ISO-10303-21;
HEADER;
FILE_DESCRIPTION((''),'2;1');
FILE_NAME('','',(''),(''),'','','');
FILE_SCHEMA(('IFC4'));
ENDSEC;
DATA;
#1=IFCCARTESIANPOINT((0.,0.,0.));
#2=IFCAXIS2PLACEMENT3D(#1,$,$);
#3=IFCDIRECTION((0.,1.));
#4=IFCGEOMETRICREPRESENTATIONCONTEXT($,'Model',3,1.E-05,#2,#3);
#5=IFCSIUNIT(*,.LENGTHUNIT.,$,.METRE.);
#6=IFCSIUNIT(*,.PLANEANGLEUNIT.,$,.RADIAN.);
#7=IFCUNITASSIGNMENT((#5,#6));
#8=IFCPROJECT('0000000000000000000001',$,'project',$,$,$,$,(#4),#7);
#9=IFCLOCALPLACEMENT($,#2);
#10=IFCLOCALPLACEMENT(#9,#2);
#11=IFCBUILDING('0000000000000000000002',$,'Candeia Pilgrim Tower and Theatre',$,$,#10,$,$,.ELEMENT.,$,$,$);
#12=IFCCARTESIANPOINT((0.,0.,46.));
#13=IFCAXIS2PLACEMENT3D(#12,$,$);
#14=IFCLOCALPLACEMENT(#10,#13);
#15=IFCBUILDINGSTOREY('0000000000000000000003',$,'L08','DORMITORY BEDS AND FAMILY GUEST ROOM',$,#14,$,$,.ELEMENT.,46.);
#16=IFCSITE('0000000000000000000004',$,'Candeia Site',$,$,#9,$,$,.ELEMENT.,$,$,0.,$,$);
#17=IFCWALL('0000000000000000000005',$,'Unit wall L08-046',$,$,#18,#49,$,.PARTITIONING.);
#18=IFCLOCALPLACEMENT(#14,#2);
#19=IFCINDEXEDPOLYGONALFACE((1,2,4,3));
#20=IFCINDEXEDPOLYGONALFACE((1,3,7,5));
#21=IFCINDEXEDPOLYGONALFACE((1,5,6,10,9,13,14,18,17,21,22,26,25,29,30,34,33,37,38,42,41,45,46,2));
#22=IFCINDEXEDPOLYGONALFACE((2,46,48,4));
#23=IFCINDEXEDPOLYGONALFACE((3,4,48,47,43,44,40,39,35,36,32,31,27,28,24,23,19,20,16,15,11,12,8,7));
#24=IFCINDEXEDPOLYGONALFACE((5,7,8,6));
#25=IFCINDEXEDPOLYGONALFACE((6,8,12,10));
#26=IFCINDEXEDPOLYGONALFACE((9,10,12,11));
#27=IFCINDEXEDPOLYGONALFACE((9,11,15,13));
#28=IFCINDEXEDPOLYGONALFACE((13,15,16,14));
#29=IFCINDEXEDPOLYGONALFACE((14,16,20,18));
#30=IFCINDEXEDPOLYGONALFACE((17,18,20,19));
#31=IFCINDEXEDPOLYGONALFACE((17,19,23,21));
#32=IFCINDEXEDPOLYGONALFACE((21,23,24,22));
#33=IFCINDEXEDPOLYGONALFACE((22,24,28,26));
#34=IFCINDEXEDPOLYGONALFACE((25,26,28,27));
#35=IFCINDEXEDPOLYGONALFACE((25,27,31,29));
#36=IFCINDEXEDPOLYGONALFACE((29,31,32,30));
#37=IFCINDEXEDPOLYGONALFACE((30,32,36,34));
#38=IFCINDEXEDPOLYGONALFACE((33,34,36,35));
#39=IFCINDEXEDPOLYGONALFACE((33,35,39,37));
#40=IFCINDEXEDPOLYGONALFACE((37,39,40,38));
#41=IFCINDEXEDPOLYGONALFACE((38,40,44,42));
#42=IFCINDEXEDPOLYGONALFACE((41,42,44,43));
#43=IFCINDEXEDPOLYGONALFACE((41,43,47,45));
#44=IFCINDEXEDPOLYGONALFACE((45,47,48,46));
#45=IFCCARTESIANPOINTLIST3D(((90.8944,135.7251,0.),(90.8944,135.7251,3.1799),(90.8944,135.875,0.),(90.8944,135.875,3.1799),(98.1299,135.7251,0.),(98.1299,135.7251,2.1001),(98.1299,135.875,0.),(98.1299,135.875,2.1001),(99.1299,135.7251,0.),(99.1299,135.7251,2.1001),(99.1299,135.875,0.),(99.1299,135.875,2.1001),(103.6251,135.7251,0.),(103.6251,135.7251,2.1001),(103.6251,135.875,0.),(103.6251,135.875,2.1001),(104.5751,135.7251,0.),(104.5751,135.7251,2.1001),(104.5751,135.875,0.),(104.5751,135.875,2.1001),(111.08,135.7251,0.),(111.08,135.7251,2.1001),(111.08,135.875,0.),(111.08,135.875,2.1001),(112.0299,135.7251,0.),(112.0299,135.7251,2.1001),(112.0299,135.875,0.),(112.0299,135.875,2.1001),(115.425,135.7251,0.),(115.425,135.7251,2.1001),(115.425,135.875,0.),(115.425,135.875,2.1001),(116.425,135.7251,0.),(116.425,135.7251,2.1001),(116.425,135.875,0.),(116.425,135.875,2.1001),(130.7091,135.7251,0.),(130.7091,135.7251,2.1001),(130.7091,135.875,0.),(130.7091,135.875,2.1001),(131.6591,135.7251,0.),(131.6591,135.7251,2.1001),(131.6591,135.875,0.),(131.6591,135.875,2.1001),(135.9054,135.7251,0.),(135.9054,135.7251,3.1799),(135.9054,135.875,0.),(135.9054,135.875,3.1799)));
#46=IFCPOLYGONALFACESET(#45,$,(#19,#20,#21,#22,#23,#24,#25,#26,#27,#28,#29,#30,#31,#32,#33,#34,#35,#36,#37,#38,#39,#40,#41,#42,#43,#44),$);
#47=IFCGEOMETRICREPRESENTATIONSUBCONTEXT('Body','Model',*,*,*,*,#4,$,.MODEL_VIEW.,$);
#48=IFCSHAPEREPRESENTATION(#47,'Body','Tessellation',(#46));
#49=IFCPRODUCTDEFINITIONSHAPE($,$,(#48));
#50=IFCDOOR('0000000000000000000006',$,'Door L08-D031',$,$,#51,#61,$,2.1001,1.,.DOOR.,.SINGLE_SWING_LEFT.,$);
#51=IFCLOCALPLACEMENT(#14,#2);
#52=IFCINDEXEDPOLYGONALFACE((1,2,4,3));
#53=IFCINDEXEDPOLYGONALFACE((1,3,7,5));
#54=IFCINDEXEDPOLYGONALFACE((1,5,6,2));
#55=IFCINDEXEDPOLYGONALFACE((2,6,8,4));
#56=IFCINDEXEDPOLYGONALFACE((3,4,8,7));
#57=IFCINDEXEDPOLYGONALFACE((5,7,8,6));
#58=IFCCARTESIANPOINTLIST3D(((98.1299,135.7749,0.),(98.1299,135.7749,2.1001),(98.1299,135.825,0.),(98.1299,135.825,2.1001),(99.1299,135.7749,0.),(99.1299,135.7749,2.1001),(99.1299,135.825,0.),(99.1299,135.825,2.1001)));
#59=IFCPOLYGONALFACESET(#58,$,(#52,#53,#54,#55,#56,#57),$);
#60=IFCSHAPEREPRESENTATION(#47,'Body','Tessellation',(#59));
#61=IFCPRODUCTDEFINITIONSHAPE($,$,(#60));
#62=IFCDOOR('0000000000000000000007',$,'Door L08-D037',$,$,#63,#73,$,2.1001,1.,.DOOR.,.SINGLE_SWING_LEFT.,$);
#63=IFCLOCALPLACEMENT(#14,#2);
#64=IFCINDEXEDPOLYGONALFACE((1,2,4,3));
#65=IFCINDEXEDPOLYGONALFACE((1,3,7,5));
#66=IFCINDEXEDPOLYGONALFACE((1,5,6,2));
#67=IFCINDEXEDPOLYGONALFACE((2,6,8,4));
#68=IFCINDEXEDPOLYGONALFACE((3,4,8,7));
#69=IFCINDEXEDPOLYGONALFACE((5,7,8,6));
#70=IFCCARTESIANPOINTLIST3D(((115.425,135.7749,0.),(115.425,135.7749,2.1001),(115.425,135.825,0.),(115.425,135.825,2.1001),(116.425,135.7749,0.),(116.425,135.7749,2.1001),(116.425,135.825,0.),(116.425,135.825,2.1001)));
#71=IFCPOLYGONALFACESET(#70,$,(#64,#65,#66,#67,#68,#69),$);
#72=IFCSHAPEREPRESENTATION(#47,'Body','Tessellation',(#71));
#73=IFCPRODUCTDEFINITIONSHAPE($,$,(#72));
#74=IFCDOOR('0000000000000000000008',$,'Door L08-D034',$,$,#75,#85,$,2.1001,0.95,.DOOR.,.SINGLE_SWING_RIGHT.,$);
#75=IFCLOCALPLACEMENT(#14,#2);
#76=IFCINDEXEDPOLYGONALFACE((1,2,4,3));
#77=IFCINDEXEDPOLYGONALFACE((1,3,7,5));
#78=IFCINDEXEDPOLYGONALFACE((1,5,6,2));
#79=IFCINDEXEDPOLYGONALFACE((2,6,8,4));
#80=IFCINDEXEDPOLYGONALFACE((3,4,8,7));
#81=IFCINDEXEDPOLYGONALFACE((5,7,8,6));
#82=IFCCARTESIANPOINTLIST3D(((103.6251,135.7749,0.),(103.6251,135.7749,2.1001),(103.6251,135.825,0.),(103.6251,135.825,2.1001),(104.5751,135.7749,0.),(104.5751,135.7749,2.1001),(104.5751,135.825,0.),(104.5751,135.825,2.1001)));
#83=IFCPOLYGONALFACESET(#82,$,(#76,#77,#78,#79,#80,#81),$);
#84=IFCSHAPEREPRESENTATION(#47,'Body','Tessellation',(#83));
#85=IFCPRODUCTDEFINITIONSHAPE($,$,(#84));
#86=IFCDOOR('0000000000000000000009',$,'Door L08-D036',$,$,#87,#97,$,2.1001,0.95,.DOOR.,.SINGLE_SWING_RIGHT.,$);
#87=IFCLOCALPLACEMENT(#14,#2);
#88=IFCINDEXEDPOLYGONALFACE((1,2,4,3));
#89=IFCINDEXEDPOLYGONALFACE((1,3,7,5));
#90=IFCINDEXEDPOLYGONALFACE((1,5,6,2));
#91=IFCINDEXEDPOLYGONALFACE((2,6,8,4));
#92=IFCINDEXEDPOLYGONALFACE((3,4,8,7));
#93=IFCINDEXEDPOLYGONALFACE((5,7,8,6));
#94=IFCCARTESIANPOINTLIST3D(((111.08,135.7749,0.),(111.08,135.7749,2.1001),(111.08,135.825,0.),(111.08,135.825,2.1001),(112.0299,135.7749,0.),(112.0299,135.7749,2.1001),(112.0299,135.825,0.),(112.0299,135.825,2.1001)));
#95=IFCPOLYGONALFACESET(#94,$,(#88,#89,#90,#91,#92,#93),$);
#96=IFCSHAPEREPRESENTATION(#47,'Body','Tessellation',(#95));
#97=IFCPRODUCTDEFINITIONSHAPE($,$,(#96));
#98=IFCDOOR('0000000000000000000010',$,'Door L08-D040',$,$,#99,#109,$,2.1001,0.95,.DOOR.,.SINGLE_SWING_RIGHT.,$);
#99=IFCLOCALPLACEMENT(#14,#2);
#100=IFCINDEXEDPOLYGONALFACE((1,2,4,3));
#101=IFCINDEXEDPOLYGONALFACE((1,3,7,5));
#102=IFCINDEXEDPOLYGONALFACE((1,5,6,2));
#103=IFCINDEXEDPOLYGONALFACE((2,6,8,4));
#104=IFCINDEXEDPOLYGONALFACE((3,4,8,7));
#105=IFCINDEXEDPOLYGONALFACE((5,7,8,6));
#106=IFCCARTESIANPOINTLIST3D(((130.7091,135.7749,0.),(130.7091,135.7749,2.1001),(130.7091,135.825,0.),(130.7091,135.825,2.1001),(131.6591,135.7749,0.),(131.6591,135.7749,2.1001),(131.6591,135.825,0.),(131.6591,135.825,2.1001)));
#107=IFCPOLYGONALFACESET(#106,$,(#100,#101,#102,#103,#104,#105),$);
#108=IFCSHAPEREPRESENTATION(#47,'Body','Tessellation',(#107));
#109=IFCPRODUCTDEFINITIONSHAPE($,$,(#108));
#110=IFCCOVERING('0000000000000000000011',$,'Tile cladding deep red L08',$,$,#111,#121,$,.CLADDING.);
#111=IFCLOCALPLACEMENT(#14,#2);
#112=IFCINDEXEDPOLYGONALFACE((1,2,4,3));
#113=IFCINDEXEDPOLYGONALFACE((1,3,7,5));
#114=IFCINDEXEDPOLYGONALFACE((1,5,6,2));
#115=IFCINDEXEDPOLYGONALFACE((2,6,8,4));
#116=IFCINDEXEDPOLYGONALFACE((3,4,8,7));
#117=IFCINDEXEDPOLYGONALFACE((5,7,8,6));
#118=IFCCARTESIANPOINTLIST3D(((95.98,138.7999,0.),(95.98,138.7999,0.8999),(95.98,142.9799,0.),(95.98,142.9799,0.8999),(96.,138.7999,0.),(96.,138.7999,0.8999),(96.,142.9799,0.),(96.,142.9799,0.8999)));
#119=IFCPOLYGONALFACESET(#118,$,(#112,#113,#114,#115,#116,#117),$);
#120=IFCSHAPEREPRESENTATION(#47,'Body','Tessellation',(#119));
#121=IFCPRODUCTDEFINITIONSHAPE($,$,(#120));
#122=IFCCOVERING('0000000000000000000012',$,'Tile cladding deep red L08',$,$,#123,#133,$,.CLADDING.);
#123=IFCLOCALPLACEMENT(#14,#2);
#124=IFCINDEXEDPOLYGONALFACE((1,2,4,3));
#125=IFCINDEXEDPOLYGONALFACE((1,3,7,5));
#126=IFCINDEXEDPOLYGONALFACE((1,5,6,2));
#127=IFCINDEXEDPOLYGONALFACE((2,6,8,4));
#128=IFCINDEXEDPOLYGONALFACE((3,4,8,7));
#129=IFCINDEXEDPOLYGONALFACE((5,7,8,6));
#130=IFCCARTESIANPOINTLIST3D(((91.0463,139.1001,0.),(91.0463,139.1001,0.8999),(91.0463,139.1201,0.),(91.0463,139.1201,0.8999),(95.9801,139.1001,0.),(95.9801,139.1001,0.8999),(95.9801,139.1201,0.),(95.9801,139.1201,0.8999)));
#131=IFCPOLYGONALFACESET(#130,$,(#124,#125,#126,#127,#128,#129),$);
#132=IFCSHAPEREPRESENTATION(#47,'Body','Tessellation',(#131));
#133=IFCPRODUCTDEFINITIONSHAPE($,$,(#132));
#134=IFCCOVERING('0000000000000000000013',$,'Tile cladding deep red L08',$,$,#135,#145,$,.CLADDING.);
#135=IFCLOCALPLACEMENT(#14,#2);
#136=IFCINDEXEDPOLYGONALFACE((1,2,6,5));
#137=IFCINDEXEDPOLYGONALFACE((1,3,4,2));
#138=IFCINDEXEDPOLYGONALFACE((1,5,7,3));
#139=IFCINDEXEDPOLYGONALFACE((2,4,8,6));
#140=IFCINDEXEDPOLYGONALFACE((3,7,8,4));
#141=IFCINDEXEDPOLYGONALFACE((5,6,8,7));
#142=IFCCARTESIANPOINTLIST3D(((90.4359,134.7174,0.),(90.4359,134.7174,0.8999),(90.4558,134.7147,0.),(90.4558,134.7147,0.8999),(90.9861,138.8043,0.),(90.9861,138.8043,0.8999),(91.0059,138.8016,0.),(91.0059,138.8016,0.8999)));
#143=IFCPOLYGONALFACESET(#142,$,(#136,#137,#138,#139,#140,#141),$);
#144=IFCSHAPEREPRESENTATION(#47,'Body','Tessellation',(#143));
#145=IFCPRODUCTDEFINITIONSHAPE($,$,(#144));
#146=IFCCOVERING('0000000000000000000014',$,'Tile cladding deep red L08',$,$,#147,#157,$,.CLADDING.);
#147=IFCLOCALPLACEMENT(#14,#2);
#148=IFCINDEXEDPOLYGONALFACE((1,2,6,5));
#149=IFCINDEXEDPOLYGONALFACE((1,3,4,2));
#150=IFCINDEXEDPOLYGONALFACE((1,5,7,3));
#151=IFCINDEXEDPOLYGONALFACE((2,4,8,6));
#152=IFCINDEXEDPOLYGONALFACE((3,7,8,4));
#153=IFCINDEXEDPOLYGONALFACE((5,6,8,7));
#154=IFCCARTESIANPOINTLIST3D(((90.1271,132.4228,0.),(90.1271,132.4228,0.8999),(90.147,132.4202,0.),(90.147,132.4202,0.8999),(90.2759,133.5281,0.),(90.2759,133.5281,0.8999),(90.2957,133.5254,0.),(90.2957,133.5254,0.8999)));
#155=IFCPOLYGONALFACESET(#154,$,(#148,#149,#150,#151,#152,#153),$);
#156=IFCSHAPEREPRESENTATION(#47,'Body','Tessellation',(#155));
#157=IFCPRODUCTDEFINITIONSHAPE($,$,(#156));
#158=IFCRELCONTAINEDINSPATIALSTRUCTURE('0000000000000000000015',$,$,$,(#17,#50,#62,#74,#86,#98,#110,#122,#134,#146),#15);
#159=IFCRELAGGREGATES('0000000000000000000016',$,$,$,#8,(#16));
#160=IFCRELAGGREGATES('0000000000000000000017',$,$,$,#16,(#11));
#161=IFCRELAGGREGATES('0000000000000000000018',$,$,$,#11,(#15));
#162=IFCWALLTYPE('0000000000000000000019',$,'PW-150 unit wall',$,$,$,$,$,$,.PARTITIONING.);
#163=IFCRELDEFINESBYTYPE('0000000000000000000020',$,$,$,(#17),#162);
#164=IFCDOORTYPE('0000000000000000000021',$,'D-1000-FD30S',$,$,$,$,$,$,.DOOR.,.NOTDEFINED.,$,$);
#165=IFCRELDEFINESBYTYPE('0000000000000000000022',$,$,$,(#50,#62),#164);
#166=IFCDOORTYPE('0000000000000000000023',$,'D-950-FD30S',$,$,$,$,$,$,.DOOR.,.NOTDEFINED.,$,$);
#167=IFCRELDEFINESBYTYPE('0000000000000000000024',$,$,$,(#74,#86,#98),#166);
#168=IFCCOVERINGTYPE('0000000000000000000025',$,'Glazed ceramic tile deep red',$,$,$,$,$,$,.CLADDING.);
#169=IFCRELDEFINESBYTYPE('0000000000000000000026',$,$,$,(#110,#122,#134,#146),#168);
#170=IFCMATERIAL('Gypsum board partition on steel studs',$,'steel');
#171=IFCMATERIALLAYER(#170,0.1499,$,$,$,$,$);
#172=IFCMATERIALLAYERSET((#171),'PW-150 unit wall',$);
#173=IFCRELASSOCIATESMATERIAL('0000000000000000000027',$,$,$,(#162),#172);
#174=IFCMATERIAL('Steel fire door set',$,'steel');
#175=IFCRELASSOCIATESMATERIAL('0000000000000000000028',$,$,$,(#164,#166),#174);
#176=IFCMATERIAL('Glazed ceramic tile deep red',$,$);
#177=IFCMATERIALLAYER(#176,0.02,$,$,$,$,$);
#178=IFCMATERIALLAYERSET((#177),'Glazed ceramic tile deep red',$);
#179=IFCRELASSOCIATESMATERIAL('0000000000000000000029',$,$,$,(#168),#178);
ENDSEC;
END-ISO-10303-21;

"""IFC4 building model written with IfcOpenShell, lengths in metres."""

from ifc_helpers import new_model, si_unit, direction, frame, frame_2d, origin, origin_2d, place, context, subcontext, project, spatial, rectangle, extrude, material, layer, layer_set, type_object, element, fill, save


model = new_model("IFC4")

# Units and contexts
model_context = context("Model", 3, precision=1e-05, world=origin(), true_north=direction((0.0, 1.0)))
body_context = subcontext(model_context, "Body", "Model", "MODEL_VIEW")
ifc_project = project(units=[si_unit("LENGTHUNIT", "METRE"), si_unit("PLANEANGLEUNIT", "RADIAN")], contexts=[model_context])

# Site, building, storey
site_placement = place(None, origin())
site = spatial("IfcSite", under=ifc_project, at=site_placement, Name="Candeia Site", CompositionType="ELEMENT", RefElevation=0.0)
building_placement = place(site_placement, origin())
building = spatial("IfcBuilding", under=site, at=building_placement, Name="Candeia Pilgrim Tower and Theatre", CompositionType="ELEMENT")
storey_placement = place(building_placement, frame((0.0, 0.0, 46.0)))
storey = spatial("IfcBuildingStorey", under=building, at=storey_placement, Name="L08", Description="DORMITORY BEDS AND FAMILY GUEST ROOM", CompositionType="ELEMENT", Elevation=46.0)

# Shared definitions
ifc_material_1 = material(Name="Gypsum board partition on steel studs", Category="steel")

# Wall, openings, doors
ifc_layer_1 = layer(ifc_material_1, 0.1499)
ifc_layer_set_1 = layer_set([ifc_layer_1], Name="PW-150 unit wall")
wall_type_1 = type_object("IfcWallType", Name="PW-150 unit wall", PredefinedType="PARTITIONING", material=ifc_layer_set_1)
wall_1_placement = place(storey_placement, frame((90.8945, 135.8, 0.0), z_axis=(0.0, 0.0, 1.0), x_axis=(1.0, 0.0, 0.0)))
wall_1 = element("IfcWall", 1, at=wall_1_placement, inside=storey, type_object=wall_type_1, Name="Unit wall L08-046", PredefinedType="PARTITIONING", context=body_context, shape_type="SweptSolid", body=[
    extrude(rectangle(XDim=45.011, YDim=0.1499, at=frame_2d((22.5054, 0.0))), origin(), (0.0, 0.0, 1.0), 3.1799),
])
opening_1_placement = place(wall_1_placement, frame((7.2354, 0.0, 0.0)))
opening_1 = element("IfcOpeningElement", 2, at=opening_1_placement, cuts=wall_1, PredefinedType="OPENING", context=body_context, shape_type="SweptSolid", body=[
    extrude(rectangle(XDim=1.0, YDim=2.1001, at=frame_2d((0.5, 1.05))), frame((0.0, 0.085, 0.0), z_axis=(0.0, -1.0, 0.0), x_axis=(1.0, 0.0, 0.0)), (0.0, 0.0, 1.0), 0.1699),
])
opening_2_placement = place(wall_1_placement, frame((12.7305, 0.0, 0.0)))
opening_2 = element("IfcOpeningElement", 3, at=opening_2_placement, cuts=wall_1, PredefinedType="OPENING", context=body_context, shape_type="SweptSolid", body=[
    extrude(rectangle(XDim=0.95, YDim=2.1001, at=frame_2d((0.4751, 1.05))), frame((0.0, 0.085, 0.0), z_axis=(0.0, -1.0, 0.0), x_axis=(1.0, 0.0, 0.0)), (0.0, 0.0, 1.0), 0.1699),
])
opening_3_placement = place(wall_1_placement, frame((20.1853, 0.0, 0.0)))
opening_3 = element("IfcOpeningElement", 4, at=opening_3_placement, cuts=wall_1, PredefinedType="OPENING", context=body_context, shape_type="SweptSolid", body=[
    extrude(rectangle(XDim=0.95, YDim=2.1001, at=frame_2d((0.4751, 1.05))), frame((0.0, 0.085, 0.0), z_axis=(0.0, -1.0, 0.0), x_axis=(1.0, 0.0, 0.0)), (0.0, 0.0, 1.0), 0.1699),
])
opening_4_placement = place(wall_1_placement, frame((24.5305, 0.0, 0.0)))
opening_4 = element("IfcOpeningElement", 5, at=opening_4_placement, cuts=wall_1, PredefinedType="OPENING", context=body_context, shape_type="SweptSolid", body=[
    extrude(rectangle(XDim=1.0, YDim=2.1001, at=frame_2d((0.5, 1.05))), frame((0.0, 0.085, 0.0), z_axis=(0.0, -1.0, 0.0), x_axis=(1.0, 0.0, 0.0)), (0.0, 0.0, 1.0), 0.1699),
])
opening_5_placement = place(wall_1_placement, frame((39.8145, 0.0, 0.0)))
opening_5 = element("IfcOpeningElement", 6, at=opening_5_placement, cuts=wall_1, PredefinedType="OPENING", context=body_context, shape_type="SweptSolid", body=[
    extrude(rectangle(XDim=0.95, YDim=2.1001, at=frame_2d((0.4751, 1.05))), frame((0.0, 0.085, 0.0), z_axis=(0.0, -1.0, 0.0), x_axis=(1.0, 0.0, 0.0)), (0.0, 0.0, 1.0), 0.1699),
])
ifc_material_2 = material(Name="Steel fire door set", Category="steel")
door_type_1 = type_object("IfcDoorType", Name="D-1000-FD30S", OperationType="NOTDEFINED", PredefinedType="DOOR", material=ifc_material_2)
door_1_placement = place(opening_1_placement, origin())
door_1 = element("IfcDoor", 7, at=door_1_placement, inside=storey, type_object=door_type_1, Name="Door L08-D031", OperationType="SINGLE_SWING_LEFT", OverallHeight=2.1001, OverallWidth=1.0, PredefinedType="DOOR", context=body_context, shape_type="SweptSolid", body=[
    extrude(rectangle(XDim=1.0, YDim=2.1001, at=frame_2d((0.5, 1.05))), frame((0.0, 0.0249, 0.0), z_axis=(0.0, -1.0, 0.0), x_axis=(1.0, 0.0, 0.0)), (0.0, 0.0, 1.0), 0.05),
])
fill(opening_1, door_1)
door_2_placement = place(opening_4_placement, origin())
door_2 = element("IfcDoor", 8, at=door_2_placement, inside=storey, type_object=door_type_1, Name="Door L08-D037", OperationType="SINGLE_SWING_LEFT", OverallHeight=2.1001, OverallWidth=1.0, PredefinedType="DOOR", context=body_context, shape_type="SweptSolid", body=[
    extrude(rectangle(XDim=1.0, YDim=2.1001, at=frame_2d((0.5, 1.05))), frame((0.0, 0.0249, 0.0), z_axis=(0.0, -1.0, 0.0), x_axis=(1.0, 0.0, 0.0)), (0.0, 0.0, 1.0), 0.05),
])
fill(opening_4, door_2)
door_type_2 = type_object("IfcDoorType", Name="D-950-FD30S", OperationType="NOTDEFINED", PredefinedType="DOOR", material=ifc_material_2)
door_3_placement = place(opening_2_placement, origin())
door_3 = element("IfcDoor", 9, at=door_3_placement, inside=storey, type_object=door_type_2, Name="Door L08-D034", OperationType="SINGLE_SWING_RIGHT", OverallHeight=2.1001, OverallWidth=0.95, PredefinedType="DOOR", context=body_context, shape_type="SweptSolid", body=[
    extrude(rectangle(XDim=0.95, YDim=2.1001, at=frame_2d((0.4751, 1.05))), frame((0.0, 0.0249, 0.0), z_axis=(0.0, -1.0, 0.0), x_axis=(1.0, 0.0, 0.0)), (0.0, 0.0, 1.0), 0.05),
])
fill(opening_2, door_3)
door_4_placement = place(opening_3_placement, origin())
door_4 = element("IfcDoor", 10, at=door_4_placement, inside=storey, type_object=door_type_2, Name="Door L08-D036", OperationType="SINGLE_SWING_RIGHT", OverallHeight=2.1001, OverallWidth=0.95, PredefinedType="DOOR", context=body_context, shape_type="SweptSolid", body=[
    extrude(rectangle(XDim=0.95, YDim=2.1001, at=frame_2d((0.4751, 1.05))), frame((0.0, 0.0249, 0.0), z_axis=(0.0, -1.0, 0.0), x_axis=(1.0, 0.0, 0.0)), (0.0, 0.0, 1.0), 0.05),
])
fill(opening_3, door_4)
door_5_placement = place(opening_5_placement, origin())
door_5 = element("IfcDoor", 11, at=door_5_placement, inside=storey, type_object=door_type_2, Name="Door L08-D040", OperationType="SINGLE_SWING_RIGHT", OverallHeight=2.1001, OverallWidth=0.95, PredefinedType="DOOR", context=body_context, shape_type="SweptSolid", body=[
    extrude(rectangle(XDim=0.95, YDim=2.1001, at=frame_2d((0.4751, 1.05))), frame((0.0, 0.0249, 0.0), z_axis=(0.0, -1.0, 0.0), x_axis=(1.0, 0.0, 0.0)), (0.0, 0.0, 1.0), 0.05),
])
fill(opening_5, door_5)

# Coverings
ifc_material_3 = material(Name="Glazed ceramic tile deep red")
ifc_layer_2 = layer(ifc_material_3, 0.02)
ifc_layer_set_2 = layer_set([ifc_layer_2], Name="Glazed ceramic tile deep red")
covering_type = type_object("IfcCoveringType", Name="Glazed ceramic tile deep red", PredefinedType="CLADDING", material=ifc_layer_set_2)
covering_1_placement = place(storey_placement, frame((95.99, 140.8899, 0.0), z_axis=(0.0, 0.0, 1.0), x_axis=(0.0, -1.0, 0.0)))
element("IfcCovering", 12, at=covering_1_placement, inside=storey, type_object=covering_type, Name="Tile cladding deep red L08", PredefinedType="CLADDING", context=body_context, shape_type="SweptSolid", body=[
    extrude(rectangle(XDim=4.1799, YDim=0.02, at=origin_2d()), origin(), (0.0, 0.0, 1.0), 0.8999),
])
covering_2_placement = place(storey_placement, frame((93.5132, 139.1101, 0.0), z_axis=(0.0, 0.0, 1.0), x_axis=(-1.0, 0.0, 0.0)))
element("IfcCovering", 13, at=covering_2_placement, inside=storey, type_object=covering_type, Name="Tile cladding deep red L08", PredefinedType="CLADDING", context=body_context, shape_type="SweptSolid", body=[
    extrude(rectangle(XDim=4.9338, YDim=0.02, at=origin_2d()), origin(), (0.0, 0.0, 1.0), 0.8999),
])
covering_3_placement = place(storey_placement, frame((90.7209, 136.7595, 0.0), z_axis=(0.0, 0.0, 1.0), x_axis=(-0.133412, -0.991061, 0.0)))
element("IfcCovering", 14, at=covering_3_placement, inside=storey, type_object=covering_type, Name="Tile cladding deep red L08", PredefinedType="CLADDING", context=body_context, shape_type="SweptSolid", body=[
    extrude(rectangle(XDim=4.1238, YDim=0.02, at=origin_2d()), origin(), (0.0, 0.0, 1.0), 0.8999),
])
covering_4_placement = place(storey_placement, frame((90.2114, 132.9741, 0.0), z_axis=(0.0, 0.0, 1.0), x_axis=(-0.133412, -0.991061, 0.0)))
element("IfcCovering", 15, at=covering_4_placement, inside=storey, type_object=covering_type, Name="Tile cladding deep red L08", PredefinedType="CLADDING", context=body_context, shape_type="SweptSolid", body=[
    extrude(rectangle(XDim=1.1152, YDim=0.02, at=origin_2d()), origin(), (0.0, 0.0, 1.0), 0.8999),
])

save(model, "model.ifc")
